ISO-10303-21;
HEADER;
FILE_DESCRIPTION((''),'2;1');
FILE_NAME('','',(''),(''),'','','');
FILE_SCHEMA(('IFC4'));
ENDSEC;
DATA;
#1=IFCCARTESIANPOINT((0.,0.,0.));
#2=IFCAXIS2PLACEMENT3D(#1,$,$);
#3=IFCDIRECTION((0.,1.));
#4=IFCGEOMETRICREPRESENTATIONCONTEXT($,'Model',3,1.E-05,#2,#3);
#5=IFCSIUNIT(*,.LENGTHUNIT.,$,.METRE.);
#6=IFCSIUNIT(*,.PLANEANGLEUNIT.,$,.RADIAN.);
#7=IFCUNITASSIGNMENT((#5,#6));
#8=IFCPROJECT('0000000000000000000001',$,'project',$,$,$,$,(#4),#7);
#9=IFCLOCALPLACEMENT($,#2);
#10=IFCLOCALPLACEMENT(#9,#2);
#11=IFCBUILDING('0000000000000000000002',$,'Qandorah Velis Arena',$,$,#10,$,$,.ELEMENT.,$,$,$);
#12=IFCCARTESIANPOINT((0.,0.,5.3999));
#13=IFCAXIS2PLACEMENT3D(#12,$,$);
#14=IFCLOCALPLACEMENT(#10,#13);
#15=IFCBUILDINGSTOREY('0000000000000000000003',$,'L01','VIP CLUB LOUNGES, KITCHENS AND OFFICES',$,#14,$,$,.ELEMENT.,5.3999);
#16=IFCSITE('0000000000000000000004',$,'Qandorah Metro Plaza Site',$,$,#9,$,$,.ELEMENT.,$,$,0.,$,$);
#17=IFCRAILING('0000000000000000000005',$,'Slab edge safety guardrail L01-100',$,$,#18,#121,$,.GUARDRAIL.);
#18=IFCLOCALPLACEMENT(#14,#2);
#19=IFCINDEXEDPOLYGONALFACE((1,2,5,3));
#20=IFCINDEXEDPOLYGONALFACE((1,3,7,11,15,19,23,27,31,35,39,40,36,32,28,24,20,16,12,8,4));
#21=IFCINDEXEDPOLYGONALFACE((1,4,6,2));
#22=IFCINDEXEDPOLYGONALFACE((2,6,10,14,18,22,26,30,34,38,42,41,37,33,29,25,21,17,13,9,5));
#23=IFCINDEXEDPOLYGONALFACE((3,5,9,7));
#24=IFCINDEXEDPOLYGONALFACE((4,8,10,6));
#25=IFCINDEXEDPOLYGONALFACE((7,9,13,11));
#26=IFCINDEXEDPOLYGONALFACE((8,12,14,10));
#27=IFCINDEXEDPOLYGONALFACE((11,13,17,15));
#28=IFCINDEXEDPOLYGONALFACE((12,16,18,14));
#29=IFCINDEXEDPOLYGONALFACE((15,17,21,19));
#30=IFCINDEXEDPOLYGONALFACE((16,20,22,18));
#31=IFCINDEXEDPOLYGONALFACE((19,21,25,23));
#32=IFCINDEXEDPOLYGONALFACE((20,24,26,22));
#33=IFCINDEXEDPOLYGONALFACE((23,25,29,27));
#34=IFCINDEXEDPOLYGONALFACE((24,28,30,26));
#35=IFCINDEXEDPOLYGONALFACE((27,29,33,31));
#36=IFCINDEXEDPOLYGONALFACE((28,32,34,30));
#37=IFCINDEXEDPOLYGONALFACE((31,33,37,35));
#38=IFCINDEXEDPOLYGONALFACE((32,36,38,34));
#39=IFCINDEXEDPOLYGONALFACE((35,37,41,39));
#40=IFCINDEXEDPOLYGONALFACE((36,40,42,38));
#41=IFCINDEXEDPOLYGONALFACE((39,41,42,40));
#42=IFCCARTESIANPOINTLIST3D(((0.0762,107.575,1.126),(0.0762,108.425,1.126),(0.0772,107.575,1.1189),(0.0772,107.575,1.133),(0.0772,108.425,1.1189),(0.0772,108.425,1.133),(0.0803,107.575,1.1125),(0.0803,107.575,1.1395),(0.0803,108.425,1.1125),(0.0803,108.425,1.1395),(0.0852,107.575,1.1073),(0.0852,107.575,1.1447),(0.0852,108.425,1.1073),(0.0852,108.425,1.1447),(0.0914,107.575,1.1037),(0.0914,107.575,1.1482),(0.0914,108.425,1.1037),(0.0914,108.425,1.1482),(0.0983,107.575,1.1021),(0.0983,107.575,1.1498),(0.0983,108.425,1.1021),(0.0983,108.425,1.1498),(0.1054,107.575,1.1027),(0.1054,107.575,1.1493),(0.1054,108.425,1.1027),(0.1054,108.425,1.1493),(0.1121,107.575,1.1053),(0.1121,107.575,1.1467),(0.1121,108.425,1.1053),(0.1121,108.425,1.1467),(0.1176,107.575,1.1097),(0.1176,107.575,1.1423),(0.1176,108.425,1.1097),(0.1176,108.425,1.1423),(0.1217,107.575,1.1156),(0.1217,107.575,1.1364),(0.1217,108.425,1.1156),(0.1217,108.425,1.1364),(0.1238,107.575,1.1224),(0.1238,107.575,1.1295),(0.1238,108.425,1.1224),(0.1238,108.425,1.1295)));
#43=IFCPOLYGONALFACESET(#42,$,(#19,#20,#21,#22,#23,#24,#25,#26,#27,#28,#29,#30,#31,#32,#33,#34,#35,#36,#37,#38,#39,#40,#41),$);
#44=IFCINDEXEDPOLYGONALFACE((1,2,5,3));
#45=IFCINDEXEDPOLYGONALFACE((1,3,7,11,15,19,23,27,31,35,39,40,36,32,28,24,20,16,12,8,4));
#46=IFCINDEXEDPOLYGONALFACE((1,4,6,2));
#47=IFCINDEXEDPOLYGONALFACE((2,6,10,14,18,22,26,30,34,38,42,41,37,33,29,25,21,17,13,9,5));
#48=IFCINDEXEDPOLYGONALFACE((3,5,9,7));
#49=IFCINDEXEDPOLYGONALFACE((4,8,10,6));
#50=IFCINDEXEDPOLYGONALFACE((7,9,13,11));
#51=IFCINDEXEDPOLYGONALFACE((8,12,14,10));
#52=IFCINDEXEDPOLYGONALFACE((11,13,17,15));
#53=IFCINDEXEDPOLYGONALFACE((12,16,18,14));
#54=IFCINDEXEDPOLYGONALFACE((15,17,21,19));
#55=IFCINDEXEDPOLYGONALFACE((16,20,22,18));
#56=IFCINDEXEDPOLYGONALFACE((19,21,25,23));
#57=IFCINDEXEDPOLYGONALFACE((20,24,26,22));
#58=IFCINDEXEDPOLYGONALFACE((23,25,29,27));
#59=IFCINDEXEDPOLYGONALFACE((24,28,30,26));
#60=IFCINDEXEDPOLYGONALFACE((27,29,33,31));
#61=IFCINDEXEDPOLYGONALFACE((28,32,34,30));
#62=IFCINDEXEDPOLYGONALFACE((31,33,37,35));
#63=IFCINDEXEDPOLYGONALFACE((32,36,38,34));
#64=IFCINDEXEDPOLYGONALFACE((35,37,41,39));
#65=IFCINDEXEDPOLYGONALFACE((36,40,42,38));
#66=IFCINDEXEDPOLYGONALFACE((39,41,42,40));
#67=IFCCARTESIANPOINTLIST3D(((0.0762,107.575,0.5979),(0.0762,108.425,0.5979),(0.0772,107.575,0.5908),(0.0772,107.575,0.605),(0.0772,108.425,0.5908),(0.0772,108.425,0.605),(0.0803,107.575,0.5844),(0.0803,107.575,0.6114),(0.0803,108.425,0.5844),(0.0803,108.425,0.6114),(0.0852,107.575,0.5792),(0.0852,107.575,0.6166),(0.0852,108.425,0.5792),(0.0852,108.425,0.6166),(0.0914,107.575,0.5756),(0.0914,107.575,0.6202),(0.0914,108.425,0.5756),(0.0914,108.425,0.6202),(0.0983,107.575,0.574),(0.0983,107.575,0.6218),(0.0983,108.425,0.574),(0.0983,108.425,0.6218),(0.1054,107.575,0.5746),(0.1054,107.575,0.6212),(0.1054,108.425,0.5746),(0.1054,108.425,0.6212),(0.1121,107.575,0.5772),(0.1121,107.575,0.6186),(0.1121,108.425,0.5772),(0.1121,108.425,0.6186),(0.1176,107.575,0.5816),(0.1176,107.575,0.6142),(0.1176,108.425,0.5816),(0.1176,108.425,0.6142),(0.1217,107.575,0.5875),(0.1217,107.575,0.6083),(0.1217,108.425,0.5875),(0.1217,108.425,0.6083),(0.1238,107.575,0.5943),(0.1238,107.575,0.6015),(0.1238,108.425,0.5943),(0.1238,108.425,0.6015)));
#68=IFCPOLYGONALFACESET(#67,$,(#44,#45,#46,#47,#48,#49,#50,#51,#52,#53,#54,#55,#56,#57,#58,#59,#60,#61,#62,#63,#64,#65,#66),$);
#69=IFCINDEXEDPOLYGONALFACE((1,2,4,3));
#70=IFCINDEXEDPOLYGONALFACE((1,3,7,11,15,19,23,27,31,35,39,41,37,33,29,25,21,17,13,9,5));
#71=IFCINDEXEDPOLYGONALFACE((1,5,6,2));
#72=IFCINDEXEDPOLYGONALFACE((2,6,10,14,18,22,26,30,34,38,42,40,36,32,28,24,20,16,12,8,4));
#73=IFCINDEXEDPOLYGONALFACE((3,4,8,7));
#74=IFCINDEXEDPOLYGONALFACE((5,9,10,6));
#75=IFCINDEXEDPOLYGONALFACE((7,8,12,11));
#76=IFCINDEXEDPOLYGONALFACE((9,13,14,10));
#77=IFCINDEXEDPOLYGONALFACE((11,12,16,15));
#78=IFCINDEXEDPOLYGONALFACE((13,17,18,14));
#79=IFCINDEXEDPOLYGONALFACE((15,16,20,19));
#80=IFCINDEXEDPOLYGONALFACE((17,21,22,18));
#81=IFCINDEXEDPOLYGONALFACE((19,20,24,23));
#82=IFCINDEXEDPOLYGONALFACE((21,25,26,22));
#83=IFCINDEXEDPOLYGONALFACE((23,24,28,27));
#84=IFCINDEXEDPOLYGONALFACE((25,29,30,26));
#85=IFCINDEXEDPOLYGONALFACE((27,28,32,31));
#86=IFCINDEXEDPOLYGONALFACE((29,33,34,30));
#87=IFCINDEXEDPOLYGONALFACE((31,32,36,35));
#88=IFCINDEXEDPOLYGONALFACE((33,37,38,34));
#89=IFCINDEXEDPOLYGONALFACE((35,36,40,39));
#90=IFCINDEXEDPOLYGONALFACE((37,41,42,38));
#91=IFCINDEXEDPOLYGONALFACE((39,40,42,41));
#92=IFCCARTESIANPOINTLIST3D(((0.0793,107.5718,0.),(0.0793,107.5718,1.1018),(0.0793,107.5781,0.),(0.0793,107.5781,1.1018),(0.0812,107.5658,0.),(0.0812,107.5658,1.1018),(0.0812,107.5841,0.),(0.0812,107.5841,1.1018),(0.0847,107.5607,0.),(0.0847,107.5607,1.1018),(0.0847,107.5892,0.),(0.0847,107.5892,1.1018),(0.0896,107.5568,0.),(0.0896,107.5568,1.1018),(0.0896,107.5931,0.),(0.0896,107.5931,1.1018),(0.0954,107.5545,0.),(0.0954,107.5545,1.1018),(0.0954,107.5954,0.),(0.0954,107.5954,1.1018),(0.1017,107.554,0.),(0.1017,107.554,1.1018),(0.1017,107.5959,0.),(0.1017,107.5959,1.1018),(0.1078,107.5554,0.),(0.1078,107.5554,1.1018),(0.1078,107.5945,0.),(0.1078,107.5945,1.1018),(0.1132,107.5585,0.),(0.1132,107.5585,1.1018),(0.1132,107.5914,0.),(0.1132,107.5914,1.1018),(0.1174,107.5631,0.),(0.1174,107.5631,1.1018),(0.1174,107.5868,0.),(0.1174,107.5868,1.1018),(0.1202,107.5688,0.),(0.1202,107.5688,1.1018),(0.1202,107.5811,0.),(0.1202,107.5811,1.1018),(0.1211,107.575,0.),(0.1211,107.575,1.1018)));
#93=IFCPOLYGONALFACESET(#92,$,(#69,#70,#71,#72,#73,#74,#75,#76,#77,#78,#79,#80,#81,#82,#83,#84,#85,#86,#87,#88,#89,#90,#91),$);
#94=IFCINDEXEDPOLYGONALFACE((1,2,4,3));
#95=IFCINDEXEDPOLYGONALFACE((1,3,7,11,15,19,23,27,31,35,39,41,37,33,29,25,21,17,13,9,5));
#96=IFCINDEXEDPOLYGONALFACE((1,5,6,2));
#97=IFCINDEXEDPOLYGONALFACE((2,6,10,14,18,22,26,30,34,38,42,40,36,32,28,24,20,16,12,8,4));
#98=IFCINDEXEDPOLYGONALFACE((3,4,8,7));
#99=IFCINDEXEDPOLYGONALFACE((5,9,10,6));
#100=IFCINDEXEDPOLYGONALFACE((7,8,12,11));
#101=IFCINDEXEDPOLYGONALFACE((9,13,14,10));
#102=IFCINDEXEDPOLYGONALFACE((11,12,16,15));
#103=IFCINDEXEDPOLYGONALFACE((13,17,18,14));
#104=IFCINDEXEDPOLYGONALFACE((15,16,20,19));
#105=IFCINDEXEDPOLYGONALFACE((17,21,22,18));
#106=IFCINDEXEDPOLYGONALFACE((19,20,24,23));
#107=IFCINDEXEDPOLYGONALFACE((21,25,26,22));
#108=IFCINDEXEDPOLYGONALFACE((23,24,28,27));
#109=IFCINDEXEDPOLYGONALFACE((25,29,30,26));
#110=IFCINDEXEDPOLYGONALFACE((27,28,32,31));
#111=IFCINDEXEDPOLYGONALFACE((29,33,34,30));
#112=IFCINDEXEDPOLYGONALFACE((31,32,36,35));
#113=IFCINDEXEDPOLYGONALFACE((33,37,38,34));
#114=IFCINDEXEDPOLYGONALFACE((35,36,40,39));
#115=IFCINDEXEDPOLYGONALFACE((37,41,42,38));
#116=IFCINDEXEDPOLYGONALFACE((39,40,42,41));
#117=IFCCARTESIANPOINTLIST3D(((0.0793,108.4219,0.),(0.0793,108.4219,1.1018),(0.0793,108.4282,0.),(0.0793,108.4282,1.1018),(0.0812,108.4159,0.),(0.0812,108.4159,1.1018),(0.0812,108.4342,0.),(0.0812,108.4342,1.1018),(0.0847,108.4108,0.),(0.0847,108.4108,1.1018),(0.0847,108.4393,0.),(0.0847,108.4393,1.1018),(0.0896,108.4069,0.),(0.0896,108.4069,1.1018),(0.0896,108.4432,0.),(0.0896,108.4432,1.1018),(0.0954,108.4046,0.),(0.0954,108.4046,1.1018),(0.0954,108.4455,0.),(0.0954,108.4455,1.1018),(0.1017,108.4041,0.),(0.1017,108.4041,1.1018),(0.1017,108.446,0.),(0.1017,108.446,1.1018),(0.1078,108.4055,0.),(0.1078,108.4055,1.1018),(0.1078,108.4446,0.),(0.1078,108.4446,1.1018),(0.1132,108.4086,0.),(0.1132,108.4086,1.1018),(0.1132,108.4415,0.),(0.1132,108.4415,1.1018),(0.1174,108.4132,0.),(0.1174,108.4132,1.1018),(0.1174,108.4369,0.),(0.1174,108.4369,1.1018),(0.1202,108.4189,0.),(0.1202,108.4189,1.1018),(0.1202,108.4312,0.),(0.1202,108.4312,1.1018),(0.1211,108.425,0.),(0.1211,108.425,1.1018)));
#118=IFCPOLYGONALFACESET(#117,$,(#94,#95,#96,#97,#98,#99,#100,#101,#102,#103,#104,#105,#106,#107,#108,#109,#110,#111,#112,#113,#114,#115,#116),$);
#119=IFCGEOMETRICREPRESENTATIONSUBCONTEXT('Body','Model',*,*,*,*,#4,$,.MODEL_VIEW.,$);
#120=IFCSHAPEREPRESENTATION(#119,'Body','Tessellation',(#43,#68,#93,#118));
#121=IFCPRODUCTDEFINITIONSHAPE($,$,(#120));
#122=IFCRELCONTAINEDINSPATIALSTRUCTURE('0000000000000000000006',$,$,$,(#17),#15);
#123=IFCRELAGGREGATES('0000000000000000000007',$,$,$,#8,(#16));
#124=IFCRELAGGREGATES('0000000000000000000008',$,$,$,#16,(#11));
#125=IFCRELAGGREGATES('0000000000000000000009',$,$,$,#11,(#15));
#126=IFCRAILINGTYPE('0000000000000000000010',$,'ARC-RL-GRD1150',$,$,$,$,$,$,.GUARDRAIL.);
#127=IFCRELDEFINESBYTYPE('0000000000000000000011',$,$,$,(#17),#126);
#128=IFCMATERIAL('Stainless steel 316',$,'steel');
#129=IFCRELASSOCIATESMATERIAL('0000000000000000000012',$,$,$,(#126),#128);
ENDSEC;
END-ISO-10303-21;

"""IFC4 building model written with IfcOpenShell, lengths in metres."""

from ifc_helpers import new_model, si_unit, direction, frame, origin, origin_2d, place, context, subcontext, project, spatial, circle, extrude, material, type_object, element, save


model = new_model("IFC4")

# Units and contexts
model_context = context("Model", 3, precision=1e-05, world=origin(), true_north=direction((0.0, 1.0)))
body_context = subcontext(model_context, "Body", "Model", "MODEL_VIEW")
ifc_project = project(units=[si_unit("LENGTHUNIT", "METRE"), si_unit("PLANEANGLEUNIT", "RADIAN")], contexts=[model_context])

# Site, building, storey
site_placement = place(None, origin())
site = spatial("IfcSite", under=ifc_project, at=site_placement, Name="Qandorah Metro Plaza Site", CompositionType="ELEMENT", RefElevation=0.0)
building_placement = place(site_placement, origin())
building = spatial("IfcBuilding", under=site, at=building_placement, Name="Qandorah Velis Arena", CompositionType="ELEMENT")
storey_placement = place(building_placement, frame((0.0, 0.0, 5.3999)))
storey = spatial("IfcBuildingStorey", under=building, at=storey_placement, Name="L01", Description="VIP CLUB LOUNGES, KITCHENS AND OFFICES", CompositionType="ELEMENT", Elevation=5.3999)

# Railing
ifc_material_1 = material(Name="Stainless steel 316", Category="steel")
railing_type = type_object("IfcRailingType", Name="ARC-RL-GRD1150", PredefinedType="GUARDRAIL", material=ifc_material_1)
railing_1_placement = place(storey_placement, frame((0.1001, 107.575, 0.0)))
element("IfcRailing", 1, at=railing_1_placement, inside=storey, type_object=railing_type, Name="Slab edge safety guardrail L01-100", PredefinedType="GUARDRAIL", context=body_context, shape_type="SweptSolid", body=[
    extrude(circle(Radius=0.0239, at=origin_2d()), frame((0.0, 0.0, 1.126), z_axis=(0.0, 1.0, 0.0), x_axis=(-1.0, 0.0, 0.0)), (0.0, 0.0, 1.0), 0.8501),
    extrude(circle(Radius=0.0239, at=origin_2d()), frame((0.0, 0.0, 0.5979), z_axis=(0.0, 1.0, 0.0), x_axis=(-1.0, 0.0, 0.0)), (0.0, 0.0, 1.0), 0.8501),
    extrude(circle(Radius=0.021, at=origin_2d()), origin(), (0.0, 0.0, 1.0), 1.1018),
    extrude(circle(Radius=0.021, at=origin_2d()), frame((0.0, 0.8501, 0.0)), (0.0, 0.0, 1.0), 1.1018),
])

save(model, "model.ifc")
